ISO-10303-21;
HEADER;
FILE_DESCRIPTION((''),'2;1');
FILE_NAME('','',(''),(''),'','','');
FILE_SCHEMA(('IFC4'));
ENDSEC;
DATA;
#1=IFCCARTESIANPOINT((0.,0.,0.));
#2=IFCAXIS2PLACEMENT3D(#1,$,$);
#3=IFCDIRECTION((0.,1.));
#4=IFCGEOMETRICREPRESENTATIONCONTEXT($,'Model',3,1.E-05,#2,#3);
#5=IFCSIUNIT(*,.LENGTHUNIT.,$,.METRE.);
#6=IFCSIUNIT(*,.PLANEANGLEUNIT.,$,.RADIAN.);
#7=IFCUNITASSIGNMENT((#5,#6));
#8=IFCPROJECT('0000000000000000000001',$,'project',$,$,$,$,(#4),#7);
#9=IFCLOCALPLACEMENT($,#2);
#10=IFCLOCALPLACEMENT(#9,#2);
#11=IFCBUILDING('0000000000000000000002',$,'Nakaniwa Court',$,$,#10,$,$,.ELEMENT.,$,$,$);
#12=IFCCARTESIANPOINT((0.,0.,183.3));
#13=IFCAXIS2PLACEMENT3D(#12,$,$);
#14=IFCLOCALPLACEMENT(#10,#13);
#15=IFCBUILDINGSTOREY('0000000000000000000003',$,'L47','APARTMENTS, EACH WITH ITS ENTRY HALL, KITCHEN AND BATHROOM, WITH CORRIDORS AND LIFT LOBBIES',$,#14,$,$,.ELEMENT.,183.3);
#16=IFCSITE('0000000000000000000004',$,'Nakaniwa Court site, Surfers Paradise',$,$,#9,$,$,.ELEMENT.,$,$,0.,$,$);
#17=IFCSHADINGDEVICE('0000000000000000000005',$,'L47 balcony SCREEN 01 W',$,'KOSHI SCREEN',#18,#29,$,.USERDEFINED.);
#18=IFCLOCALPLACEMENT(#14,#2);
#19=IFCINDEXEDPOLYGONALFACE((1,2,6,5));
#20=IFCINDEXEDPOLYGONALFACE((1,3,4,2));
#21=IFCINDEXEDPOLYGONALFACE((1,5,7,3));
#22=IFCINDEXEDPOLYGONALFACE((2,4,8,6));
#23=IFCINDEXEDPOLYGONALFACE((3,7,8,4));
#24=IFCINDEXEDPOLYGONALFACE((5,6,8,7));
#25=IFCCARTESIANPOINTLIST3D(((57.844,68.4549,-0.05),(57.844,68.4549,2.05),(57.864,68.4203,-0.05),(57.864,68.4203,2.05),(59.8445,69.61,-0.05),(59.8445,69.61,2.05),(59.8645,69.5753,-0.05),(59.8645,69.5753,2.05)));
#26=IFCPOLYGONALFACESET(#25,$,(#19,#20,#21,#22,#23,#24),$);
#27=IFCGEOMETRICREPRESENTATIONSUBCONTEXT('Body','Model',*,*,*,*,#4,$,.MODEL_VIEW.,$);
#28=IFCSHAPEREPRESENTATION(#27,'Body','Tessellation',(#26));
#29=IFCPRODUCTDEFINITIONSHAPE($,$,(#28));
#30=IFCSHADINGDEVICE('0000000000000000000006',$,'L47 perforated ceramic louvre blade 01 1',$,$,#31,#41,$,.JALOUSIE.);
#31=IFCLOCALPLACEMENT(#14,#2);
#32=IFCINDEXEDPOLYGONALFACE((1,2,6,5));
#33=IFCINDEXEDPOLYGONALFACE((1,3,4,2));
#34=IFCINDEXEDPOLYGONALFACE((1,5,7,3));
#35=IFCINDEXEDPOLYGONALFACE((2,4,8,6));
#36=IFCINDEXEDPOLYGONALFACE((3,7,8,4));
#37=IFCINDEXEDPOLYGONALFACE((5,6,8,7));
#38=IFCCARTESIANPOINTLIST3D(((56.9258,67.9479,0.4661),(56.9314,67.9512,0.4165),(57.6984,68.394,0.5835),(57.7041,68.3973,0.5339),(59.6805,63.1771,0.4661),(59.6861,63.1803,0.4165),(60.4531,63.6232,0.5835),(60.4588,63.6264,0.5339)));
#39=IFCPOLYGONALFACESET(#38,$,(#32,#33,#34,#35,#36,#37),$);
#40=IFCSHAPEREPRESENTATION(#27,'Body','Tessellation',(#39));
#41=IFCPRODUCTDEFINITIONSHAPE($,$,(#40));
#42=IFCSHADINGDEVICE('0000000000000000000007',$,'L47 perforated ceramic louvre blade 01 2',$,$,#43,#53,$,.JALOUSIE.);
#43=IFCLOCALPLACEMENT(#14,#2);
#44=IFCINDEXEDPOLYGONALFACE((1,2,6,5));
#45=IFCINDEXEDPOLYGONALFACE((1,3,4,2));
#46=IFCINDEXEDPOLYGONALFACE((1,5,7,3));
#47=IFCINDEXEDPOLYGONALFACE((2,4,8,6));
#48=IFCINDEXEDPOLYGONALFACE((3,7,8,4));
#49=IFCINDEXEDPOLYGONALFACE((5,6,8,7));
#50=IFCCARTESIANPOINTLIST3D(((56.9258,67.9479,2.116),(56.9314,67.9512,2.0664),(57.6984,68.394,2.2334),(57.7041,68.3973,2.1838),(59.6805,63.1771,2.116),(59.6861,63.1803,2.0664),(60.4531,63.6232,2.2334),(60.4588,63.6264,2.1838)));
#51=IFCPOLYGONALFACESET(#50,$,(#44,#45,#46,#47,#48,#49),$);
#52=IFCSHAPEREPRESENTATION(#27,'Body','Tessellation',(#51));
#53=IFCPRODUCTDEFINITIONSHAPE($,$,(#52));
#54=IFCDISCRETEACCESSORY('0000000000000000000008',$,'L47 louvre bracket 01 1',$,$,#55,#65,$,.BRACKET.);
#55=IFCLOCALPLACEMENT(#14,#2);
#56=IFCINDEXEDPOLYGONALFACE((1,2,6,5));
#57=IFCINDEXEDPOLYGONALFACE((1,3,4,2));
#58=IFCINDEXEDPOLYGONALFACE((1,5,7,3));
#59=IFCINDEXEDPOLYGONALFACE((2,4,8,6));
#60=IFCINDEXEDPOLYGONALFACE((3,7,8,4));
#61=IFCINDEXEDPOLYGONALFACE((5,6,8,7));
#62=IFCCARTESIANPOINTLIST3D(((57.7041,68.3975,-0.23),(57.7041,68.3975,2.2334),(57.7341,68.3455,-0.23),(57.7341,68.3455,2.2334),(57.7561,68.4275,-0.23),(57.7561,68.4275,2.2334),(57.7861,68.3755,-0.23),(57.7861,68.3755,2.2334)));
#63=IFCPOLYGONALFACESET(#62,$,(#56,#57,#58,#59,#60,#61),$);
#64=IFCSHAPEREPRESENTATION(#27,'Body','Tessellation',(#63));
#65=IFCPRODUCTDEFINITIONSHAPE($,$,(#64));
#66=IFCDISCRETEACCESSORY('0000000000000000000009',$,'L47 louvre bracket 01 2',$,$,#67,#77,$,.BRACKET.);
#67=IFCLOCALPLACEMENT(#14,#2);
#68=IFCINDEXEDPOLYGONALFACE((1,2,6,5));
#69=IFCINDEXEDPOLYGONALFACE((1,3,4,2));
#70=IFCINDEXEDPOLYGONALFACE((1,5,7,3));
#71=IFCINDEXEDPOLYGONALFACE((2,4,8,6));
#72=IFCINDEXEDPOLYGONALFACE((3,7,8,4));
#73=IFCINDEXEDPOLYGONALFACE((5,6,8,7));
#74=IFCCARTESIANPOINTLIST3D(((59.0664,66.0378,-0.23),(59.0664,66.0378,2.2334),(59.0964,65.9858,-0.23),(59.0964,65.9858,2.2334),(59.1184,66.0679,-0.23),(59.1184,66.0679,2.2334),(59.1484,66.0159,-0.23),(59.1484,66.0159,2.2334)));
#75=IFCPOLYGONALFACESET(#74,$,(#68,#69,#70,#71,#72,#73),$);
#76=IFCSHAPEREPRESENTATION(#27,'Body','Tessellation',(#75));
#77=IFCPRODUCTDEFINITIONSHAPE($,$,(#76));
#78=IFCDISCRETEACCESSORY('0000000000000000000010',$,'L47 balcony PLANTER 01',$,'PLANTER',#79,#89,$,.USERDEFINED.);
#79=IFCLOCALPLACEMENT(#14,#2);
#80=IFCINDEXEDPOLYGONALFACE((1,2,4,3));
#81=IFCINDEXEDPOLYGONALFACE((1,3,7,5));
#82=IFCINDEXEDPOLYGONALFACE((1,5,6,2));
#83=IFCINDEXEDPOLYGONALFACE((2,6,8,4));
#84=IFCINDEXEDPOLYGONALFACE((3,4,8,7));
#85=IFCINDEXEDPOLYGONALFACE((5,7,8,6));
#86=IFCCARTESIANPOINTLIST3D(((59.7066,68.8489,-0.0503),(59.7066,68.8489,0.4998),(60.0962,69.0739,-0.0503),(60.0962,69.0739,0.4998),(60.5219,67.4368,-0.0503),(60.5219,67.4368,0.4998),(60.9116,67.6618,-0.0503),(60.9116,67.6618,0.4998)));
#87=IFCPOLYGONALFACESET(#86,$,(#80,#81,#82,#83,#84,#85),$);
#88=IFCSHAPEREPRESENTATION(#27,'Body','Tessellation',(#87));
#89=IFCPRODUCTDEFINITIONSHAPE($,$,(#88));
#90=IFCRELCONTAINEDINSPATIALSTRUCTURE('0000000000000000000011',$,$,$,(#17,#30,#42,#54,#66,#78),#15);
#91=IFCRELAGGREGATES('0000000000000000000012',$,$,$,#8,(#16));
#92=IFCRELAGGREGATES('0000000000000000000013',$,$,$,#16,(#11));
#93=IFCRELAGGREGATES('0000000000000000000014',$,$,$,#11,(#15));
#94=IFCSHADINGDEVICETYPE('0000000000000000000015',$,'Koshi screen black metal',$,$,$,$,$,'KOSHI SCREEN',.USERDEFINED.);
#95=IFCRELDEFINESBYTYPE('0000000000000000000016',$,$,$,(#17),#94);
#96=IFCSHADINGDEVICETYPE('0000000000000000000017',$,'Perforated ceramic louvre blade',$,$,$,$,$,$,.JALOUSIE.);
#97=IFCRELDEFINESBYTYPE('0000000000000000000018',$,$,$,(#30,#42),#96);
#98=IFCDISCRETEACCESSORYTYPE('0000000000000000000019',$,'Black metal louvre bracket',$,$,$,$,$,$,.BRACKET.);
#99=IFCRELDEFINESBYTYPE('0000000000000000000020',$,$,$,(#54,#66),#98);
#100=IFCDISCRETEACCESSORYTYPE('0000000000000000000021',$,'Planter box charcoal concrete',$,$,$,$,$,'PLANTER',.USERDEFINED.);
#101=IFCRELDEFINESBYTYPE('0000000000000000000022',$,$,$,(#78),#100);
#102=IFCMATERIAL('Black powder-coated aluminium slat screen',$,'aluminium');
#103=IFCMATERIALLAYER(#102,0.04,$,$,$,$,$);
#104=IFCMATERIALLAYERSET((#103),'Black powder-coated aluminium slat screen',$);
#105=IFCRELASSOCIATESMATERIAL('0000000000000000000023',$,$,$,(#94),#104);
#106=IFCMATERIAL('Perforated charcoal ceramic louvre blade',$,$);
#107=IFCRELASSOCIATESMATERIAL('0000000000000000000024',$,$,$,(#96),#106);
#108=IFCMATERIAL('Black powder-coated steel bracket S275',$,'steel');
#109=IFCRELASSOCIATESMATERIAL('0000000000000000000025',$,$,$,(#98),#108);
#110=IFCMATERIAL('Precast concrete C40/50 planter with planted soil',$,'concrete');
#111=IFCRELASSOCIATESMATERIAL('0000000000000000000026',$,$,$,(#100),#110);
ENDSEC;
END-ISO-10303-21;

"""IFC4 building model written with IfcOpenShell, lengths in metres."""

from ifc_helpers import new_model, si_unit, direction, frame, origin, origin_2d, place, context, subcontext, project, spatial, rectangle, extrude, material, layer, layer_set, material_profile, profile_set, type_object, element, save


model = new_model("IFC4")

# Units and contexts
model_context = context("Model", 3, precision=1e-05, world=origin(), true_north=direction((0.0, 1.0)))
body_context = subcontext(model_context, "Body", "Model", "MODEL_VIEW")
ifc_project = project(units=[si_unit("LENGTHUNIT", "METRE"), si_unit("PLANEANGLEUNIT", "RADIAN")], contexts=[model_context])

# Site, building, storey
site_placement = place(None, origin())
site = spatial("IfcSite", under=ifc_project, at=site_placement, Name="Nakaniwa Court site, Surfers Paradise", CompositionType="ELEMENT", RefElevation=0.0)
building_placement = place(site_placement, origin())
building = spatial("IfcBuilding", under=site, at=building_placement, Name="Nakaniwa Court", CompositionType="ELEMENT")
storey_placement = place(building_placement, frame((0.0, 0.0, 183.3)))
storey = spatial("IfcBuildingStorey", under=building, at=storey_placement, Name="L47", Description="APARTMENTS, EACH WITH ITS ENTRY HALL, KITCHEN AND BATHROOM, WITH CORRIDORS AND LIFT LOBBIES", CompositionType="ELEMENT", Elevation=183.3)

# Shading devices
ifc_material_1 = material(Name="Black powder-coated aluminium slat screen", Category="aluminium")
ifc_layer_1 = layer(ifc_material_1, 0.04)
ifc_layer_set_1 = layer_set([ifc_layer_1], Name="Black powder-coated aluminium slat screen")
shading_device_type_1 = type_object("IfcShadingDeviceType", Name="Koshi screen black metal", ElementType="KOSHI SCREEN", PredefinedType="USERDEFINED", material=ifc_layer_set_1)
shading_device_placement = place(storey_placement, frame((58.8542, 69.0151, -0.05), z_axis=(0.0, 0.0, 1.0), x_axis=(0.500017, -0.866016, 0.0)))
element("IfcShadingDevice", 1, at=shading_device_placement, inside=storey, type_object=shading_device_type_1, Name="L47 balcony SCREEN 01 W", ObjectType="KOSHI SCREEN", PredefinedType="USERDEFINED", context=body_context, shape_type="SweptSolid", body=[
    extrude(rectangle(XDim=0.04, YDim=2.3101, at=origin_2d()), origin(), (0.0, 0.0, 1.0), 2.1001),
])
ifc_material_2 = material(Name="Perforated charcoal ceramic louvre blade")
ifc_material_profile_1 = material_profile(ifc_material_2, rectangle(XDim=0.8999, YDim=0.05, at=origin_2d()), Name="Perforated ceramic louvre blade")
ifc_profile_set_1 = profile_set([ifc_material_profile_1], Name="Perforated charcoal ceramic louvre blade")
shading_device_type_2 = type_object("IfcShadingDeviceType", Name="Perforated ceramic louvre blade", PredefinedType="JALOUSIE", material=ifc_profile_set_1)
for number, where, z_axis, x_axis, name in (
    (2, (57.3149, 68.1726, 0.5), (0.500033, -0.866006, 0.0), (0.858597, 0.495755, 0.130526), "L47 perforated ceramic louvre blade 01 1"),
    (3, (57.3149, 68.1726, 2.1499), (0.500033, -0.866006, 0.0), (0.858597, 0.495755, 0.130526), "L47 perforated ceramic louvre blade 01 2"),
):
    element("IfcShadingDevice", number, at=place(storey_placement, frame(where, z_axis=z_axis, x_axis=x_axis)), inside=storey, type_object=shading_device_type_2, Name=name, PredefinedType="JALOUSIE", context=body_context, shape_type="SweptSolid", body=[
        extrude(rectangle(XDim=0.8999, YDim=0.05, at=origin_2d()), origin(), (0.0, 0.0, 1.0), 5.509),
    ])

# Discrete accessories
ifc_material_3 = material(Name="Black powder-coated steel bracket S275", Category="steel")
discrete_accessory_type_1 = type_object("IfcDiscreteAccessoryType", Name="Black metal louvre bracket", PredefinedType="BRACKET", material=ifc_material_3)
for number, where, z_axis, x_axis, name in (
    (4, (57.7451, 68.3865, -0.23), (0.0, 0.0, 1.0), (0.500017, -0.866016, 0.0), "L47 louvre bracket 01 1"),
    (5, (59.1074, 66.0269, -0.23), (0.0, 0.0, 1.0), (0.500017, -0.866016, 0.0), "L47 louvre bracket 01 2"),
):
    element("IfcDiscreteAccessory", number, at=place(storey_placement, frame(where, z_axis=z_axis, x_axis=x_axis)), inside=storey, type_object=discrete_accessory_type_1, Name=name, PredefinedType="BRACKET", context=body_context, shape_type="SweptSolid", body=[
        extrude(rectangle(XDim=0.0601, YDim=0.0601, at=origin_2d()), origin(), (0.0, 0.0, 1.0), 2.4634),
    ])
ifc_material_4 = material(Name="Precast concrete C40/50 planter with planted soil", Category="concrete")
discrete_accessory_type_2 = type_object("IfcDiscreteAccessoryType", Name="Planter box charcoal concrete", ElementType="PLANTER", PredefinedType="USERDEFINED", material=ifc_material_4)
discrete_accessory_placement = place(storey_placement, frame((60.3091, 68.2554, -0.0503), z_axis=(0.0, 0.0, 1.0), x_axis=(0.500017, -0.866016, 0.0)))
element("IfcDiscreteAccessory", 6, at=discrete_accessory_placement, inside=storey, type_object=discrete_accessory_type_2, Name="L47 balcony PLANTER 01", ObjectType="PLANTER", PredefinedType="USERDEFINED", context=body_context, shape_type="SweptSolid", body=[
    extrude(rectangle(XDim=1.6306, YDim=0.45, at=origin_2d()), origin(), (0.0, 0.0, 1.0), 0.55),
])

save(model, "model.ifc")
